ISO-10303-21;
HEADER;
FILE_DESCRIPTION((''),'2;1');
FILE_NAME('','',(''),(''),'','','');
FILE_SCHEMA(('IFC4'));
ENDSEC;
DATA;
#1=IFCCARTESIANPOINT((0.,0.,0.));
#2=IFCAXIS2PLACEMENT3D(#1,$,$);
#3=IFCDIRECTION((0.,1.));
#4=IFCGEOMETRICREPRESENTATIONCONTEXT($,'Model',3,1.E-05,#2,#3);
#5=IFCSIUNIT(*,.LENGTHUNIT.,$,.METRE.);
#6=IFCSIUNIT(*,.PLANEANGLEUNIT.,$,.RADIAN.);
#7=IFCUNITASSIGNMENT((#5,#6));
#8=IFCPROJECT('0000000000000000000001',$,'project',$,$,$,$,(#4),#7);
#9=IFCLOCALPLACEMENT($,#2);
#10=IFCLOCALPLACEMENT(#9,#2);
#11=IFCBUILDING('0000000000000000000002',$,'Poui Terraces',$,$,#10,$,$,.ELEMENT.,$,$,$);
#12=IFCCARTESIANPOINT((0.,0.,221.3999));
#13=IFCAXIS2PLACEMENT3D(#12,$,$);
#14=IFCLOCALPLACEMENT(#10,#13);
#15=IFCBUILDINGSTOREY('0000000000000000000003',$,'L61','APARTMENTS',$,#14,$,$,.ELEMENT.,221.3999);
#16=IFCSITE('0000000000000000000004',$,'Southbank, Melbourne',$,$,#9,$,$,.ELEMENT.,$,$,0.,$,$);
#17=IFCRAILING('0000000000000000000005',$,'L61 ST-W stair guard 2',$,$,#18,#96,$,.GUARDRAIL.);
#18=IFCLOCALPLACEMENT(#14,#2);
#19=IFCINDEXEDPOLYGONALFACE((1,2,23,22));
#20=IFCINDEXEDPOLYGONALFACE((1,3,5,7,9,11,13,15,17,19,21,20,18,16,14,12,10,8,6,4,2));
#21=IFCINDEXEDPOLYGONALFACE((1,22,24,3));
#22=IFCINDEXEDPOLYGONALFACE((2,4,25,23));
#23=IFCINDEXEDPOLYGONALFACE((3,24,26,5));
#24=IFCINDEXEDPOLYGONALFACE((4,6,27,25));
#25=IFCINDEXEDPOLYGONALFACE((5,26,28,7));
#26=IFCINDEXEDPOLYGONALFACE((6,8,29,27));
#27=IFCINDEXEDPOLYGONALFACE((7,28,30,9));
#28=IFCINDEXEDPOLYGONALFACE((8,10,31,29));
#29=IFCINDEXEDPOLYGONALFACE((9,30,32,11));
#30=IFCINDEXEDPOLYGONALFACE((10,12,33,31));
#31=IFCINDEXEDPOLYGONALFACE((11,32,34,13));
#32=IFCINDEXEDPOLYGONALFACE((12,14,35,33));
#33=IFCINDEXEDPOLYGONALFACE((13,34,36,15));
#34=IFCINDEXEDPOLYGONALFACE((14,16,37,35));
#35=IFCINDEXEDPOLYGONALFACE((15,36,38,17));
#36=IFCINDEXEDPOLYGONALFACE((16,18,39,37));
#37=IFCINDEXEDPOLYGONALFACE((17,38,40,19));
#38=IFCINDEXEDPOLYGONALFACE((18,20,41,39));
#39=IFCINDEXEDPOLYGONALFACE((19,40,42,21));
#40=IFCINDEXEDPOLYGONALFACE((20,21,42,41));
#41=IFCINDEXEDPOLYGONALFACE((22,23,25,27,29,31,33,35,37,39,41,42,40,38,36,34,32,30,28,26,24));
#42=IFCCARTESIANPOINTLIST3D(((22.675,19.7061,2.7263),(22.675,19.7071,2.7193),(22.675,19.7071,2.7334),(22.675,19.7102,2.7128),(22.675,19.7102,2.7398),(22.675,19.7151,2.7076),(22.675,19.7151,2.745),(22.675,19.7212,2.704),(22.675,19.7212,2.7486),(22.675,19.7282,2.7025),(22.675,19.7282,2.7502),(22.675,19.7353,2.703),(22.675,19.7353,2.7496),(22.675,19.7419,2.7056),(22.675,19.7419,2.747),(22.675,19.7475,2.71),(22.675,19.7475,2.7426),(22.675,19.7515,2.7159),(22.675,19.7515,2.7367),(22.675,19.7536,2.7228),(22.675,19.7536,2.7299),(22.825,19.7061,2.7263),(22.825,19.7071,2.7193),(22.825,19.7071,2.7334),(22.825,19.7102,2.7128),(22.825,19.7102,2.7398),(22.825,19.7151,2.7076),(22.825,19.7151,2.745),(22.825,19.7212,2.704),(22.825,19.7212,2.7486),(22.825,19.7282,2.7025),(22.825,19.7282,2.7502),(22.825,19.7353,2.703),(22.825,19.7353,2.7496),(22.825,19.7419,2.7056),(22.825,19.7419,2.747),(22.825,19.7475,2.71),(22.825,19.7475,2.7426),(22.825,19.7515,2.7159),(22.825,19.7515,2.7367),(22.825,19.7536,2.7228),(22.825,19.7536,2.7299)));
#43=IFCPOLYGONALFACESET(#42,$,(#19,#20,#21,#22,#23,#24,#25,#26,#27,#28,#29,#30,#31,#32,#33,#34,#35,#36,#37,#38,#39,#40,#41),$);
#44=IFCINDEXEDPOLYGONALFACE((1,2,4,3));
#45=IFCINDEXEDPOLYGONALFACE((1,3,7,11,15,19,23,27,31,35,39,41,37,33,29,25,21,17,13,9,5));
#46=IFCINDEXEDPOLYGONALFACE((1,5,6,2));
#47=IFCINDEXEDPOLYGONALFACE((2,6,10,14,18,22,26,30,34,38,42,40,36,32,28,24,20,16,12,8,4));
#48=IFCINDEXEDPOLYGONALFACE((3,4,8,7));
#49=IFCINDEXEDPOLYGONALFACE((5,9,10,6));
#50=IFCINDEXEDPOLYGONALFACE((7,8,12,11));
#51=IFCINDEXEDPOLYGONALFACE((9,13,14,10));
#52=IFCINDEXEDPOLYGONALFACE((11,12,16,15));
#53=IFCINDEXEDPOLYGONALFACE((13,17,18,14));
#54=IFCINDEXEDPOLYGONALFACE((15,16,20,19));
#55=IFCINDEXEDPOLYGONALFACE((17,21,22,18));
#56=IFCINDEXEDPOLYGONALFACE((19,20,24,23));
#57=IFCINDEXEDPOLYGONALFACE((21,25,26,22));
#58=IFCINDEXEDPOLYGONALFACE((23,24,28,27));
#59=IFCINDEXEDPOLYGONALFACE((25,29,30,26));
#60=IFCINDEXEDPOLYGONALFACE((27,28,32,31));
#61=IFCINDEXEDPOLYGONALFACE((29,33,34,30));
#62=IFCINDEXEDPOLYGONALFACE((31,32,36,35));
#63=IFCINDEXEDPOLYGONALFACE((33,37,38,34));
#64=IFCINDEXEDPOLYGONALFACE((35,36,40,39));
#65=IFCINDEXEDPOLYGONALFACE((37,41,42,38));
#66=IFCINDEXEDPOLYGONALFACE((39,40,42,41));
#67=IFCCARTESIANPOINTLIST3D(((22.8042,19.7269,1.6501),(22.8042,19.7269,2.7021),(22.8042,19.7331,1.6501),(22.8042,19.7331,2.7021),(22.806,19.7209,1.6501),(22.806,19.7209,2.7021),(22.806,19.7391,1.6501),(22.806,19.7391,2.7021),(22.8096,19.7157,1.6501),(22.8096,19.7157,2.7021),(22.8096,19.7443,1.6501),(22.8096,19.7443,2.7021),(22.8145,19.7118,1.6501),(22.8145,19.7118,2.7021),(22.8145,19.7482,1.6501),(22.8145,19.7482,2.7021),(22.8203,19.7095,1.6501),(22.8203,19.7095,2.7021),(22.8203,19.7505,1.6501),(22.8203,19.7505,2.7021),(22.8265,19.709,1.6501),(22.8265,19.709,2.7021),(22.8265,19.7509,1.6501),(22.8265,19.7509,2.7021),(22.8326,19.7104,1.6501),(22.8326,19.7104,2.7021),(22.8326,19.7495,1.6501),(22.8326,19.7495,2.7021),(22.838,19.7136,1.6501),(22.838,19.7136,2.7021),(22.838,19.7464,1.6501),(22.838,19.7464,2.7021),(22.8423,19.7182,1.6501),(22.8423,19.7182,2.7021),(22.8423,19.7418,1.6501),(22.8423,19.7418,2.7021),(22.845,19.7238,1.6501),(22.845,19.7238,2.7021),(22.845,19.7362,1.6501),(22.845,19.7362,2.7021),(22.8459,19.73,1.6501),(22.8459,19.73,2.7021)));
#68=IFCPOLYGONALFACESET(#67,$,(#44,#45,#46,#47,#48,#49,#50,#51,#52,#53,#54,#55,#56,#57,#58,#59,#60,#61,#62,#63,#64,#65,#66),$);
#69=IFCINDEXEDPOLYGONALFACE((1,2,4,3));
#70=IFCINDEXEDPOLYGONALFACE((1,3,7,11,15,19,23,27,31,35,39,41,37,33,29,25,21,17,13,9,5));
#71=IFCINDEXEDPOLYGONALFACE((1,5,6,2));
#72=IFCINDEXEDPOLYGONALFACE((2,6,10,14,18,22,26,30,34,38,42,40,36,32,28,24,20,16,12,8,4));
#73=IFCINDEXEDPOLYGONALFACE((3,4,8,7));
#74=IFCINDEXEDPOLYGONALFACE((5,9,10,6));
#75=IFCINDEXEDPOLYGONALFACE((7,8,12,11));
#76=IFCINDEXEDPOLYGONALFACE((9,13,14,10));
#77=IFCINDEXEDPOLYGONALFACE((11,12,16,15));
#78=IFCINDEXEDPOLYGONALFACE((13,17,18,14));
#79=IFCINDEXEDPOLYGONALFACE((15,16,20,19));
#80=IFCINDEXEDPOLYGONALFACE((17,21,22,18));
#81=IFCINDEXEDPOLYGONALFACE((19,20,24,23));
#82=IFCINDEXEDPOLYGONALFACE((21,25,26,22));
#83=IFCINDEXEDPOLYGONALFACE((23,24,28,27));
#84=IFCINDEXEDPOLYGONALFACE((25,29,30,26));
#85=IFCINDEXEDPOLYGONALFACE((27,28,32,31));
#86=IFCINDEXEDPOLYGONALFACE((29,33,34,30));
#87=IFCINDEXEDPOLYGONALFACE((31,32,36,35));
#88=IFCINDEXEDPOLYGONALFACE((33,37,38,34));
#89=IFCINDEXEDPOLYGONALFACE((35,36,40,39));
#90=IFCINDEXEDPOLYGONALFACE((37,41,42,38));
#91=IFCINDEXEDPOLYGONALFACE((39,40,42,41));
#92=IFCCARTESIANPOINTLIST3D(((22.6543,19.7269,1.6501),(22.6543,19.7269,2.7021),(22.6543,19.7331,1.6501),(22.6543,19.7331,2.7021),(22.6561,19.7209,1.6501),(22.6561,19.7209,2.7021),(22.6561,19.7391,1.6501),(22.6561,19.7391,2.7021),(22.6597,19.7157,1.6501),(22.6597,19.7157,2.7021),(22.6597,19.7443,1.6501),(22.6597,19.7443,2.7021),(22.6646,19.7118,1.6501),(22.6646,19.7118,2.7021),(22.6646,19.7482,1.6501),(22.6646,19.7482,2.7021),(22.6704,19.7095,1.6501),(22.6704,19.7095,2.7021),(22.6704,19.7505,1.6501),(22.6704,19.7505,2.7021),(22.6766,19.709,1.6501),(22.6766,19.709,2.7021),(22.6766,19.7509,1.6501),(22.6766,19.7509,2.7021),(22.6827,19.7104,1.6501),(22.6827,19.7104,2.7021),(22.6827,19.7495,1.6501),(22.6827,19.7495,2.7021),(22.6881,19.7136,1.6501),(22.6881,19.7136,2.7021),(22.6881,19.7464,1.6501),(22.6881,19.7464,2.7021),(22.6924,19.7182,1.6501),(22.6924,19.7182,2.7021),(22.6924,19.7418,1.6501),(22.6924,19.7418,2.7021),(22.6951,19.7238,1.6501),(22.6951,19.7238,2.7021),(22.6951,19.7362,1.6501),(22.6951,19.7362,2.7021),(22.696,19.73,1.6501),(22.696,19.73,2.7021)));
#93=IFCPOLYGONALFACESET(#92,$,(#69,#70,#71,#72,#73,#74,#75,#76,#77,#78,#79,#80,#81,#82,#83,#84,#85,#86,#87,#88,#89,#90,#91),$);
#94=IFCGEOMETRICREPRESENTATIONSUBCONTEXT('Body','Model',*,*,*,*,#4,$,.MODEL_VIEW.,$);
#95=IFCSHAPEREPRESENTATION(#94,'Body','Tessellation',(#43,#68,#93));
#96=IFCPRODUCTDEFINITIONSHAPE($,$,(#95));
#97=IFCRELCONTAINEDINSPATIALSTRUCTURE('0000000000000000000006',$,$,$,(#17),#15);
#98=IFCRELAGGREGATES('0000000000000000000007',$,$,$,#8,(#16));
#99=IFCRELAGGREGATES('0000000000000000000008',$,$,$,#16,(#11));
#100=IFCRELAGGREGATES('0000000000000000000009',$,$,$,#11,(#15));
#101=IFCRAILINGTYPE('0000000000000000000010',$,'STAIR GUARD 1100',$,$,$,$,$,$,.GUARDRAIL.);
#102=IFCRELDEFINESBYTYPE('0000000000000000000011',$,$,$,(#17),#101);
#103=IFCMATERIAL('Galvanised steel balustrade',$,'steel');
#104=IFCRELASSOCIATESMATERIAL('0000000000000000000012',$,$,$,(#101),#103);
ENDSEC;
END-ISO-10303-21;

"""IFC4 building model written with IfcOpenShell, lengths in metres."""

from ifc_helpers import new_model, si_unit, direction, frame, origin, origin_2d, place, context, subcontext, project, spatial, circle, extrude, material, type_object, element, save


model = new_model("IFC4")

# Units and contexts
model_context = context("Model", 3, precision=1e-05, world=origin(), true_north=direction((0.0, 1.0)))
body_context = subcontext(model_context, "Body", "Model", "MODEL_VIEW")
ifc_project = project(units=[si_unit("LENGTHUNIT", "METRE"), si_unit("PLANEANGLEUNIT", "RADIAN")], contexts=[model_context])

# Site, building, storey
site_placement = place(None, origin())
site = spatial("IfcSite", under=ifc_project, at=site_placement, Name="Southbank, Melbourne", CompositionType="ELEMENT", RefElevation=0.0)
building_placement = place(site_placement, origin())
building = spatial("IfcBuilding", under=site, at=building_placement, Name="Poui Terraces", CompositionType="ELEMENT")
storey_placement = place(building_placement, frame((0.0, 0.0, 221.3999)))
storey = spatial("IfcBuildingStorey", under=building, at=storey_placement, Name="L61", Description="APARTMENTS", CompositionType="ELEMENT", Elevation=221.3999)

# Railing
ifc_material_1 = material(Name="Galvanised steel balustrade", Category="steel")
railing_type_1 = type_object("IfcRailingType", Name="STAIR GUARD 1100", PredefinedType="GUARDRAIL", material=ifc_material_1)
railing_1_placement = place(storey_placement, frame((22.825, 19.73, 1.6501)))
element("IfcRailing", 1, at=railing_1_placement, inside=storey, type_object=railing_type_1, Name="L61 ST-W stair guard 2", PredefinedType="GUARDRAIL", context=body_context, shape_type="SweptSolid", body=[
    extrude(circle(Radius=0.0239, at=origin_2d()), frame((0.0, 0.0, 1.0762), z_axis=(-1.0, 0.0, 0.0), x_axis=(0.0, -1.0, 0.0)), (0.0, 0.0, 1.0), 0.1499),
    extrude(circle(Radius=0.021, at=origin_2d()), origin(), (0.0, 0.0, 1.0), 1.052),
    extrude(circle(Radius=0.021, at=origin_2d()), frame((-0.1499, 0.0, 0.0)), (0.0, 0.0, 1.0), 1.052),
])

save(model, "model.ifc")
